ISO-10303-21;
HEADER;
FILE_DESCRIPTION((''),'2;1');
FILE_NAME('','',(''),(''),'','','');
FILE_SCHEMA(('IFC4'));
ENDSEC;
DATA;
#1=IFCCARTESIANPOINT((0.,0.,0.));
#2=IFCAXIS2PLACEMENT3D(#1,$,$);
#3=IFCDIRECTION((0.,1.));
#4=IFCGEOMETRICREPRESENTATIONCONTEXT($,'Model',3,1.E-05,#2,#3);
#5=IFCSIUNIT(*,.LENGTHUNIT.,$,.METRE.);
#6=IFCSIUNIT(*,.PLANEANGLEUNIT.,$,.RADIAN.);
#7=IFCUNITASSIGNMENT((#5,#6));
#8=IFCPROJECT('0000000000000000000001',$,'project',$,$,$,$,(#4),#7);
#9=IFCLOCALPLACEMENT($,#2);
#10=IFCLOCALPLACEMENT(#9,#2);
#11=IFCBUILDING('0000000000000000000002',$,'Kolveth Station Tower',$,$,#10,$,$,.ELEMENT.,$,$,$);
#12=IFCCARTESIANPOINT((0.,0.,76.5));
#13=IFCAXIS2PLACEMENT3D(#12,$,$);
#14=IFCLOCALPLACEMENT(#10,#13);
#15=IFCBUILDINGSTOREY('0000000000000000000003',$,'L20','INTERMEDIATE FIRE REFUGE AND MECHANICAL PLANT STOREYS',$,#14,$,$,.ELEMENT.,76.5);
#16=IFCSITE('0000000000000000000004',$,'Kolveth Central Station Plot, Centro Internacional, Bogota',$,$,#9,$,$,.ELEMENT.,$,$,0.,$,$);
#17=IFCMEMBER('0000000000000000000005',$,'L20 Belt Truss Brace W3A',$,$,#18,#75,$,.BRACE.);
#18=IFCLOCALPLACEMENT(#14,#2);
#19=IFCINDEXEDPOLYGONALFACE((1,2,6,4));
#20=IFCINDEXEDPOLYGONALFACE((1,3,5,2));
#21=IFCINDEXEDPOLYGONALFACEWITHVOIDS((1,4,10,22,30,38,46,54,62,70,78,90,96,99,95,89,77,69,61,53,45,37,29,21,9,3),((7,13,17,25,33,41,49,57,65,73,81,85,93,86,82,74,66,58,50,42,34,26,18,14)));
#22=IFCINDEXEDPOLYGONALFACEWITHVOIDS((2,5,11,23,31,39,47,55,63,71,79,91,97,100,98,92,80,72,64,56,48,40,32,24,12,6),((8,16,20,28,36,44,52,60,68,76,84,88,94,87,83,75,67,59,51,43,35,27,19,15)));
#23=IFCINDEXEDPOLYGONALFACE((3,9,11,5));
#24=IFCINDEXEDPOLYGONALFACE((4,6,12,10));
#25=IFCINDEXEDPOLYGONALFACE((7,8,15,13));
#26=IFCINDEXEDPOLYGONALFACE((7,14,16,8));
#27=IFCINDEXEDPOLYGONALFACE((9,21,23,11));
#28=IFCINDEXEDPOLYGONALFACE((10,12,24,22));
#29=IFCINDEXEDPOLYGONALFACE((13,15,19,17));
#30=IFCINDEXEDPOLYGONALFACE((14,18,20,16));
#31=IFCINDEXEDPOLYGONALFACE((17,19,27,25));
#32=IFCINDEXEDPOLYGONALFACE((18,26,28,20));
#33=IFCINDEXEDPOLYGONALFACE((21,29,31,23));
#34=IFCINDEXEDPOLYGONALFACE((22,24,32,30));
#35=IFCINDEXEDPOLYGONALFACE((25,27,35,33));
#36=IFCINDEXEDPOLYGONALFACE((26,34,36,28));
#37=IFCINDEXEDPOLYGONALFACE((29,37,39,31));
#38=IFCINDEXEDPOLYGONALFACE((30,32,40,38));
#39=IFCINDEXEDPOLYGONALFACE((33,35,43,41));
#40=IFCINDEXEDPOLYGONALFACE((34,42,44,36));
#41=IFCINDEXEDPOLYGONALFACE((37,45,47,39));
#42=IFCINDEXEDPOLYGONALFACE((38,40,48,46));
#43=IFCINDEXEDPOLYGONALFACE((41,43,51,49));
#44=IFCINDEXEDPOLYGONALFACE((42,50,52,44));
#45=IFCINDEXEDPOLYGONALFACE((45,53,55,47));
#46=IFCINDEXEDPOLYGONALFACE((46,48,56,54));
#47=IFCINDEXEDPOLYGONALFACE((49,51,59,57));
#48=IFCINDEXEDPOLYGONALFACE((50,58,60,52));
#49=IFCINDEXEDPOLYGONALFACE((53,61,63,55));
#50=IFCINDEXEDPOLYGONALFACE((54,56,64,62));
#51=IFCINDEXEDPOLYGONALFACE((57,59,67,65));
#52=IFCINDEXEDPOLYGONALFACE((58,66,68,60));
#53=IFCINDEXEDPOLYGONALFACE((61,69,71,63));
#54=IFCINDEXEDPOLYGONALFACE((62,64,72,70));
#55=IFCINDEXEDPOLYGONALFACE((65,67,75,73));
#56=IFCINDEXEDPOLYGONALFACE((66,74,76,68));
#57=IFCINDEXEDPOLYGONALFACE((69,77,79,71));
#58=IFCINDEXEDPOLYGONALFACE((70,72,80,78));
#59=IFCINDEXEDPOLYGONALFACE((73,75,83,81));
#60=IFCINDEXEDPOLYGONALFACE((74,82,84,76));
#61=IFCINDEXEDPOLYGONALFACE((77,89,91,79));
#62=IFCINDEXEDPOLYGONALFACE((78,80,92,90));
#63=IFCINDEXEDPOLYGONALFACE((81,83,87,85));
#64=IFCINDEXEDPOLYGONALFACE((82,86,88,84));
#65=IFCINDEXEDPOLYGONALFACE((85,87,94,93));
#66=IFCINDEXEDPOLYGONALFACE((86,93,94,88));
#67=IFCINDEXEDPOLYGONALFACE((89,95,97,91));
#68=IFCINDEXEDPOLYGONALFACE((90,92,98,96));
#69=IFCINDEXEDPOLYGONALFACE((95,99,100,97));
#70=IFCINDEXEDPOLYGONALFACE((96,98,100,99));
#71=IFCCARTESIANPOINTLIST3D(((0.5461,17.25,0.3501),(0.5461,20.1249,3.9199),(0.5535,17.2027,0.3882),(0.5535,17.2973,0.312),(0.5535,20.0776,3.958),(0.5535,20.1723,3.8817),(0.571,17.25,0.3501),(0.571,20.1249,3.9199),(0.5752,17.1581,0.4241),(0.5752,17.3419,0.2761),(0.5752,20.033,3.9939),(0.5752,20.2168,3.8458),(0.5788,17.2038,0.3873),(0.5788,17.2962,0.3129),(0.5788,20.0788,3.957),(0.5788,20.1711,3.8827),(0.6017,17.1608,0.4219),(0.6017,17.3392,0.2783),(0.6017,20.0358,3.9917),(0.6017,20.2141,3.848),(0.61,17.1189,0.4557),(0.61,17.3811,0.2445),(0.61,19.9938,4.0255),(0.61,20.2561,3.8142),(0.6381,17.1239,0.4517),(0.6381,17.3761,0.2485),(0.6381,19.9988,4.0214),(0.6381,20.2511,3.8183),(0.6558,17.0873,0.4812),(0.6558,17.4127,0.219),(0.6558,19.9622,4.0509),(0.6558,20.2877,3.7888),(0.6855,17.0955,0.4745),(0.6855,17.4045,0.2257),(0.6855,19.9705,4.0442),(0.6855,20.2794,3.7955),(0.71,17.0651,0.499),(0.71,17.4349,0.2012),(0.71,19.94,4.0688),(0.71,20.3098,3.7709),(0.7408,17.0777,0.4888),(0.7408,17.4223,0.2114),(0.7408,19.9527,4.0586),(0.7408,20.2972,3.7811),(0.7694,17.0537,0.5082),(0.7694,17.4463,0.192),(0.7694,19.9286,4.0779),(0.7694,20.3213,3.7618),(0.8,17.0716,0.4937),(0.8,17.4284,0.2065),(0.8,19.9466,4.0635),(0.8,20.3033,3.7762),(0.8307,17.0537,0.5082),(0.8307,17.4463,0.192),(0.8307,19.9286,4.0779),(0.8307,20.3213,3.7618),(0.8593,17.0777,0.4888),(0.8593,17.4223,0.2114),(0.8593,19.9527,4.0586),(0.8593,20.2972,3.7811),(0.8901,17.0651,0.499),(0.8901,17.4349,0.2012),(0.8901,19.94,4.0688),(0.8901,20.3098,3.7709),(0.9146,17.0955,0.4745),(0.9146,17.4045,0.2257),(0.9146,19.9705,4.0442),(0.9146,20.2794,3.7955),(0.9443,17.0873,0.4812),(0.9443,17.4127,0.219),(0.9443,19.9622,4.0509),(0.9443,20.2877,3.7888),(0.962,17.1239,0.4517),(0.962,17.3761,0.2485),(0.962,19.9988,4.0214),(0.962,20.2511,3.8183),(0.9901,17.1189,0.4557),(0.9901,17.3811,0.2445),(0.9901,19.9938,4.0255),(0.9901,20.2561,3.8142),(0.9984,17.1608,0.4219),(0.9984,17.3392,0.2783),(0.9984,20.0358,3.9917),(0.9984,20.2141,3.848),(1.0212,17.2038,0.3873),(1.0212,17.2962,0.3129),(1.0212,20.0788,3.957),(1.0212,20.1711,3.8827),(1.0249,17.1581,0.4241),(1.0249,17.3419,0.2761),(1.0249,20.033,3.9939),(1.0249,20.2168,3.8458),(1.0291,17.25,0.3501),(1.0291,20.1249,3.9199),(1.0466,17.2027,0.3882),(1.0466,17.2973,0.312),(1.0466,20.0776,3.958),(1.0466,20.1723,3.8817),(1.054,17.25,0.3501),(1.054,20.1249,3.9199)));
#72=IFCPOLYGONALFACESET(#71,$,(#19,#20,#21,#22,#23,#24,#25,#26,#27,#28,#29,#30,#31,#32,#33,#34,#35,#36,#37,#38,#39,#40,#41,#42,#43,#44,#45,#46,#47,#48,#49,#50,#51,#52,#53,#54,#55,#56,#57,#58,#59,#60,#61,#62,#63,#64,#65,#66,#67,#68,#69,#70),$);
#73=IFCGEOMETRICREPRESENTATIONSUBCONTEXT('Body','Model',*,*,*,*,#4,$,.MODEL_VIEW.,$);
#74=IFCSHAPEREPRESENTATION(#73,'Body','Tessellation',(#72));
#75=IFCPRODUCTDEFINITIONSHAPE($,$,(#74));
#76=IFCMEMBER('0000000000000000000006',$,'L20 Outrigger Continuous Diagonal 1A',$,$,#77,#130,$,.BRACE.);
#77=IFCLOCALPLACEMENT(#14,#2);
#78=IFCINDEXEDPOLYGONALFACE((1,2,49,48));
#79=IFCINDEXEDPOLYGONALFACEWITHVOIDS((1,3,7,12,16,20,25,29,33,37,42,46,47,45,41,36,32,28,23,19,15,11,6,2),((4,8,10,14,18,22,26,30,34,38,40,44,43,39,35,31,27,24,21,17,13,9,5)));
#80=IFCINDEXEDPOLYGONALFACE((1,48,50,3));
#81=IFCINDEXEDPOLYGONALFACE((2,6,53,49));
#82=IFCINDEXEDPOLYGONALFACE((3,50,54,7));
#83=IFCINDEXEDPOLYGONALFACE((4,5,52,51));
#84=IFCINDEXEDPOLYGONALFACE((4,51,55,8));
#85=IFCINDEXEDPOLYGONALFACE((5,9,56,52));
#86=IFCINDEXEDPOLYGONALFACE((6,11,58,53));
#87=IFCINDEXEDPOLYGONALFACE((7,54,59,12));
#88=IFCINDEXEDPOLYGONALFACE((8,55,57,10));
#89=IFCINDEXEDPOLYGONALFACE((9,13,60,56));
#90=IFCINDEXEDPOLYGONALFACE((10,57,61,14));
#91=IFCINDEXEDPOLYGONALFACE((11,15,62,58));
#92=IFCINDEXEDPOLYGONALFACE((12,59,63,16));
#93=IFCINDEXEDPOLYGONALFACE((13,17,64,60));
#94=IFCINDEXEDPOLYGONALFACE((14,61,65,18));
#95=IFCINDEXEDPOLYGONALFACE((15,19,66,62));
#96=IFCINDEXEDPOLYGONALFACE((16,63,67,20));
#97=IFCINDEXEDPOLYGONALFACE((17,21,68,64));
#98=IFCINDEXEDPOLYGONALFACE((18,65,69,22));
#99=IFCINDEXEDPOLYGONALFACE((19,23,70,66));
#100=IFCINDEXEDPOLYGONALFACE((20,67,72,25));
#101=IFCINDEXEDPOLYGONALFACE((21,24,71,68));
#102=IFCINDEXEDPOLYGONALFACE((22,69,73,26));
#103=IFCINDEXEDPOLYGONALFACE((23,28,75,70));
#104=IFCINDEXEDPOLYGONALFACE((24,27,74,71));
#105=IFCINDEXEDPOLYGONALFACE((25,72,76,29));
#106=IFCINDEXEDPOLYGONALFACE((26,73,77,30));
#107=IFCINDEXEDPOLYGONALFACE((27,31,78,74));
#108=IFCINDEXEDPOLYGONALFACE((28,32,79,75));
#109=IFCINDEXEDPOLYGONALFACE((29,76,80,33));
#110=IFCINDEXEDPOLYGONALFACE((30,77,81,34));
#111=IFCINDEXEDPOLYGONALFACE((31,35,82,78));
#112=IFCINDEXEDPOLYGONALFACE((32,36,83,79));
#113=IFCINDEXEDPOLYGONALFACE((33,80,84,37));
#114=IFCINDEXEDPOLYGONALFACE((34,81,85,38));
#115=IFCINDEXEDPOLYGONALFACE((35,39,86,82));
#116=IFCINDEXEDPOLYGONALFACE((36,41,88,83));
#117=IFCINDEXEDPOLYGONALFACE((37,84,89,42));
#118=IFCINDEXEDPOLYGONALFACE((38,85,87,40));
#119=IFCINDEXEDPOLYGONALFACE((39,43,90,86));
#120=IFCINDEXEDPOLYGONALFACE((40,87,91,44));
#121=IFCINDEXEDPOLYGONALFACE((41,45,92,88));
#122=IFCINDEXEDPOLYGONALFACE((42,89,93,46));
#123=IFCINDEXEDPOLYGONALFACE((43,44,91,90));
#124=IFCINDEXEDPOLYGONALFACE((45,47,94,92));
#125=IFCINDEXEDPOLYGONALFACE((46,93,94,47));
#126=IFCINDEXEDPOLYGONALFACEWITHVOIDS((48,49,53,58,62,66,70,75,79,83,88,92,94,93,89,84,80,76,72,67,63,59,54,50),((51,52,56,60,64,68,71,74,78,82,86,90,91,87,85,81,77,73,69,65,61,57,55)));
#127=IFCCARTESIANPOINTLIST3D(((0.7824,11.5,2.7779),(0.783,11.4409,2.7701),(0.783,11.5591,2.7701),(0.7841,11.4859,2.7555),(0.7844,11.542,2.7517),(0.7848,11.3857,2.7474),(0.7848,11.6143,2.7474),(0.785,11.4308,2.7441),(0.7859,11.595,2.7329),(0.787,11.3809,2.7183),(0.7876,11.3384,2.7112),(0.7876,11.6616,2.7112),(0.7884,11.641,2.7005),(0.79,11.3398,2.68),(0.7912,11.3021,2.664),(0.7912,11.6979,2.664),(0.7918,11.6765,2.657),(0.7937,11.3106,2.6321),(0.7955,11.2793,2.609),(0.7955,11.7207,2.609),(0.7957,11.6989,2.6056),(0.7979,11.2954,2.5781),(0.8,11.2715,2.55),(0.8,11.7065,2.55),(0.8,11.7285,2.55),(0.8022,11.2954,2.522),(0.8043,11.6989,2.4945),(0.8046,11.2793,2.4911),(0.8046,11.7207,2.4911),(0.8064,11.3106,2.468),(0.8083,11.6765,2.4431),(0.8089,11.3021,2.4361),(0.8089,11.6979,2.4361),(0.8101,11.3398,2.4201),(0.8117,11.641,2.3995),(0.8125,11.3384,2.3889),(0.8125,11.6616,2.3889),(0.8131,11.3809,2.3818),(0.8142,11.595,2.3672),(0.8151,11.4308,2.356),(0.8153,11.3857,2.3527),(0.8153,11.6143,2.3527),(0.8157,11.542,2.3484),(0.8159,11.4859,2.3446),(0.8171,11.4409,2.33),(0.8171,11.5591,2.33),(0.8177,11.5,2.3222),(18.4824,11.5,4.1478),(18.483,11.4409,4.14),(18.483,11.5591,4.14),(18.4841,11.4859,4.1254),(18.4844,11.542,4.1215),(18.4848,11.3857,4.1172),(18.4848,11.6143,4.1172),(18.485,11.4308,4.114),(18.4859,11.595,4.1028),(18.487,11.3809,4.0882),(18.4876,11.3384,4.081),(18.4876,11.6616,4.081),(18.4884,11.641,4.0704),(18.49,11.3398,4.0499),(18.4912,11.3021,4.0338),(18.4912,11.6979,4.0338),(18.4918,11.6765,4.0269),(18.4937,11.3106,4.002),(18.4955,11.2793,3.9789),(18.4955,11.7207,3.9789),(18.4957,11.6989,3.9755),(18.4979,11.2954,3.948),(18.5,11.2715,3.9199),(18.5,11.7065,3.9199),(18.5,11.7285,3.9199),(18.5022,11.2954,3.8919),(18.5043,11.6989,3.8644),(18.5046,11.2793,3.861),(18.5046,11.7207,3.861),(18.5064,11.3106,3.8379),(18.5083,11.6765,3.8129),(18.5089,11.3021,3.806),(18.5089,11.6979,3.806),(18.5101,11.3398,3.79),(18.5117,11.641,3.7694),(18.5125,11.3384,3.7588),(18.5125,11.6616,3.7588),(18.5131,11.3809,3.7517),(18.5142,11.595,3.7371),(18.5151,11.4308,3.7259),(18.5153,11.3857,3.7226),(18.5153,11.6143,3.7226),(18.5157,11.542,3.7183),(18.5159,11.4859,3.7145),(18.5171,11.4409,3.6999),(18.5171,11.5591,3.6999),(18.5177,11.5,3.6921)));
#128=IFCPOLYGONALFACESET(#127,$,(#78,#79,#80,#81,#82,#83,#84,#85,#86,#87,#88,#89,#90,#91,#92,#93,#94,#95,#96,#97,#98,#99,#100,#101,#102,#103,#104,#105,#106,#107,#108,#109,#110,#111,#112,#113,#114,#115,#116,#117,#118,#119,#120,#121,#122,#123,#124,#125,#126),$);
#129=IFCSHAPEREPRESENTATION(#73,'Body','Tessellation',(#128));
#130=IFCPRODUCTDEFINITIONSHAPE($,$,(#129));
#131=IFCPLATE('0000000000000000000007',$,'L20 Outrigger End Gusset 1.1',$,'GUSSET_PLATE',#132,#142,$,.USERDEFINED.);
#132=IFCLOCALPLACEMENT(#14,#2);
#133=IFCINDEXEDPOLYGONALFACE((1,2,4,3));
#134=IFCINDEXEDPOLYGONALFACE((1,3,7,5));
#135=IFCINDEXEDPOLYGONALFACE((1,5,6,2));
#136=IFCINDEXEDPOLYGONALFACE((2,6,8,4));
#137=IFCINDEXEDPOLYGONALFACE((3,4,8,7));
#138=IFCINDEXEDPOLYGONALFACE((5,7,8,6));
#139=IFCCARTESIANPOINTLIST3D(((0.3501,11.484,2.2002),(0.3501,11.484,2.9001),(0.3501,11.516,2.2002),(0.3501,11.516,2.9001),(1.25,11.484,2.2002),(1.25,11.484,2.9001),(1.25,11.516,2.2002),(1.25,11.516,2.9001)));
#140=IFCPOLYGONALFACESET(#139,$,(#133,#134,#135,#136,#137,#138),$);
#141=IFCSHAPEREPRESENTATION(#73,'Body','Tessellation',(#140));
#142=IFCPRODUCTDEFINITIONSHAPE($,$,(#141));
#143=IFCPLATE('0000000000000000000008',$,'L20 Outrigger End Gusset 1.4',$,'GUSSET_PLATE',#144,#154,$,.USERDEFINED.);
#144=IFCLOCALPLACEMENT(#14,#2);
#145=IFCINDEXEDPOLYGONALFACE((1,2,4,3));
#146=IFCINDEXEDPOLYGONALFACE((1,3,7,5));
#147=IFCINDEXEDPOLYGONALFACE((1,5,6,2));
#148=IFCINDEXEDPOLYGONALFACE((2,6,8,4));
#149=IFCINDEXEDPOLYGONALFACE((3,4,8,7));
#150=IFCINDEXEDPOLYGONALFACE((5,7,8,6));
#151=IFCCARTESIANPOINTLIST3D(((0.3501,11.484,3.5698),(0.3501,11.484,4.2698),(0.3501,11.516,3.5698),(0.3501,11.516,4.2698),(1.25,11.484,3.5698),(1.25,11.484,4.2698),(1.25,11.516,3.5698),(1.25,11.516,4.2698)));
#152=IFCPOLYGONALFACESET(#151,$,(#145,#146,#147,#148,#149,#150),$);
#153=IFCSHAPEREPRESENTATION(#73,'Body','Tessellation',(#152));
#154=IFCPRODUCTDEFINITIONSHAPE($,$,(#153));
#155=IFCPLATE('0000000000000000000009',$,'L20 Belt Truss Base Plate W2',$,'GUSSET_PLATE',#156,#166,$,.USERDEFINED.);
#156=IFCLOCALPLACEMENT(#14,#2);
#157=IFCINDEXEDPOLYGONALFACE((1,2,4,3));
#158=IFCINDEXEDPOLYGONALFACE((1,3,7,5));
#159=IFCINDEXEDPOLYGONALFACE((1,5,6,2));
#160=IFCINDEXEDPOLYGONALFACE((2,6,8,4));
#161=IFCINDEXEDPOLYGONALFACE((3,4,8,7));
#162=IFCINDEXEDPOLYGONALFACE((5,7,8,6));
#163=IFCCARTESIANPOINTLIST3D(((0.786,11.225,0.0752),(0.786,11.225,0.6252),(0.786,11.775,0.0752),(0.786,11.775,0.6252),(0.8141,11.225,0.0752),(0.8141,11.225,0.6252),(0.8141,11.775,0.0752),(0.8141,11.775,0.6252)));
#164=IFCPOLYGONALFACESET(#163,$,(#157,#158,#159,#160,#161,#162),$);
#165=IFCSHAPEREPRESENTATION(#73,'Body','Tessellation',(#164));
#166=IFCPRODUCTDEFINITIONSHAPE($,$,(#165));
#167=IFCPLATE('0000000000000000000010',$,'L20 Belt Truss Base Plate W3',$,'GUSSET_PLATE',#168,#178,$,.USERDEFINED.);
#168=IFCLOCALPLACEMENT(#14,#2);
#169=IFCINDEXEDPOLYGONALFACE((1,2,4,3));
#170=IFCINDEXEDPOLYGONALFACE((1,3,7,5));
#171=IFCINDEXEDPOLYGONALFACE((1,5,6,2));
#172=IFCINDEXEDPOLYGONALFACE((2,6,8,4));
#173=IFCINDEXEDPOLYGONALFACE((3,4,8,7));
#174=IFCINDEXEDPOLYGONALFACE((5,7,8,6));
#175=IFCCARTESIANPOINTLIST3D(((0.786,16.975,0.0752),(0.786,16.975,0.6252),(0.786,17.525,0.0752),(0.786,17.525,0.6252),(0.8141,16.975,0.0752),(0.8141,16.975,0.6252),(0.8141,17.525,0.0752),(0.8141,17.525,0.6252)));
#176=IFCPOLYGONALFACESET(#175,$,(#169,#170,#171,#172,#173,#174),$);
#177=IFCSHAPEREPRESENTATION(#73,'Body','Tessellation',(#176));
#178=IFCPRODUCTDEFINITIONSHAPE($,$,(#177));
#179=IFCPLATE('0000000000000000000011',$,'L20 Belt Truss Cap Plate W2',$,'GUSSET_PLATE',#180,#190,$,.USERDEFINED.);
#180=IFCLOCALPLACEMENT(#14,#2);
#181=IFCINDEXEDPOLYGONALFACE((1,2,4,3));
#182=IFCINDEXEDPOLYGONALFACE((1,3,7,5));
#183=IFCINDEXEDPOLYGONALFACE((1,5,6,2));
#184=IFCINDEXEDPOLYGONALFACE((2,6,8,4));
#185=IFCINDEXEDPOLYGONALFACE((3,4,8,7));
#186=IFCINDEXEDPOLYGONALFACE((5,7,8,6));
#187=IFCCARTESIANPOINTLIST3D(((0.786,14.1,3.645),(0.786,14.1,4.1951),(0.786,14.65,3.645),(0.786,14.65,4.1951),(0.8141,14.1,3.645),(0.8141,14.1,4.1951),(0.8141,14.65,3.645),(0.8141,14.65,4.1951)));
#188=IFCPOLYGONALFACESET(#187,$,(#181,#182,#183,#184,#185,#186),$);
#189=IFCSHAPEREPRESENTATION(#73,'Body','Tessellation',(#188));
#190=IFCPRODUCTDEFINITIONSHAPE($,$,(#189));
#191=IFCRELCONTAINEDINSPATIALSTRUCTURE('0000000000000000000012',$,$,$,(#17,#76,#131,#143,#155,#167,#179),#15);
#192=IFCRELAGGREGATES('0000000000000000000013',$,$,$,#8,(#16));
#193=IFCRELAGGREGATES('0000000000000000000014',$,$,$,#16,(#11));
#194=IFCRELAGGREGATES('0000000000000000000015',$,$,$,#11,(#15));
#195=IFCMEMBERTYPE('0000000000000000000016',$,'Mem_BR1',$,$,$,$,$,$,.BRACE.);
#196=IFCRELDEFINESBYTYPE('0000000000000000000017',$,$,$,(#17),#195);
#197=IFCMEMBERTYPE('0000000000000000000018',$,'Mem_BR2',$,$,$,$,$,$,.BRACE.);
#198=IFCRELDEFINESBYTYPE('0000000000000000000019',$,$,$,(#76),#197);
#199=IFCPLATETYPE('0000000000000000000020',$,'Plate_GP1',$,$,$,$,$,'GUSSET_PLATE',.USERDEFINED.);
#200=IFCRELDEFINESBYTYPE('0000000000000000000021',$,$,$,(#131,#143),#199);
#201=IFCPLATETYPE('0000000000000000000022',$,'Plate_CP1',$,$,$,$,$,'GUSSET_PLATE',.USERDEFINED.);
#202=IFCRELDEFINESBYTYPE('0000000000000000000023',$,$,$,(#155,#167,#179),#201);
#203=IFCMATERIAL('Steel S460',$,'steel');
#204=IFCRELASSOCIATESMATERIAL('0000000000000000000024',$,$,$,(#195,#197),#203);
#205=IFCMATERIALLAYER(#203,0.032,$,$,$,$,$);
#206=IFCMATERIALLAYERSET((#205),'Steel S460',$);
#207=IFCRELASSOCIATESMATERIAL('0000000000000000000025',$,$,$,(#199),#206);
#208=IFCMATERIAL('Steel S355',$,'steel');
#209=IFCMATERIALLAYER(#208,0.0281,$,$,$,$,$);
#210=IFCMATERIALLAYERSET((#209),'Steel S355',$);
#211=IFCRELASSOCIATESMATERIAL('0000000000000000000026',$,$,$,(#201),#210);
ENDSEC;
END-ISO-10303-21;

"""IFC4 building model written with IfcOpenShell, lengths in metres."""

from ifc_helpers import new_model, si_unit, direction, frame, origin, origin_2d, place, context, subcontext, project, spatial, rectangle, hollow_circle, extrude, source, transform, mapped, material, layer, layer_set, material_profile, profile_set, type_object, element, save


model = new_model("IFC4")

# Units and contexts
model_context = context("Model", 3, precision=1e-05, world=origin(), true_north=direction((0.0, 1.0)))
body_context = subcontext(model_context, "Body", "Model", "MODEL_VIEW")
ifc_project = project(units=[si_unit("LENGTHUNIT", "METRE"), si_unit("PLANEANGLEUNIT", "RADIAN")], contexts=[model_context])

# Site, building, storey
site_placement = place(None, origin())
site = spatial("IfcSite", under=ifc_project, at=site_placement, Name="Kolveth Central Station Plot, Centro Internacional, Bogota", CompositionType="ELEMENT", RefElevation=0.0)
building_placement = place(site_placement, origin())
building = spatial("IfcBuilding", under=site, at=building_placement, Name="Kolveth Station Tower", CompositionType="ELEMENT")
storey_placement = place(building_placement, frame((0.0, 0.0, 76.5)))
storey = spatial("IfcBuildingStorey", under=building, at=storey_placement, Name="L20", Description="INTERMEDIATE FIRE REFUGE AND MECHANICAL PLANT STOREYS", CompositionType="ELEMENT", Elevation=76.5)

# Shared definitions
ifc_material_1 = material(Name="Steel S460", Category="steel")
ifc_material_2 = material(Name="Steel S355", Category="steel")

# Members
ifc_material_profile_1 = material_profile(ifc_material_1, hollow_circle(Radius=0.2539, WallThickness=0.0249, at=origin_2d()), Name="CHS508x25")
ifc_profile_set_1 = profile_set([ifc_material_profile_1], Name="Steel S460")
member_type_1 = type_object("IfcMemberType", Name="Mem_BR1", PredefinedType="BRACE", material=ifc_profile_set_1)
shared_shape_1 = source(origin(), body_context, "Body", "SweptSolid", [
    extrude(hollow_circle(Radius=0.2539, WallThickness=0.0249, at=origin_2d()), origin(), (0.0, 0.0, 1.0), 4.5835),
])
for number, where, z_axis, x_axis, name in (
    (1, (0.8, 17.25, 0.3501), (0.0, 0.627238, 0.778828), (-1.0, 0.0, 0.0), "L20 Belt Truss Brace W3A"),
):
    element("IfcMember", number, at=place(storey_placement, frame(where, z_axis=z_axis, x_axis=x_axis)), inside=storey, type_object=member_type_1, Name=name, PredefinedType="BRACE", context=body_context, shape_type="MappedRepresentation", body=[
        mapped(shared_shape_1, transform((0.0, 0.0, 0.0), x_axis=(1.0, 0.0, 0.0), y_axis=(0.0, 1.0, 0.0), z_axis=(0.0, 0.0, 1.0), scale=1.0)),
    ])
ifc_material_profile_2 = material_profile(ifc_material_1, hollow_circle(Radius=0.2285, WallThickness=0.022, at=origin_2d()), Name="CHS457x22")
ifc_profile_set_2 = profile_set([ifc_material_profile_2], Name="Steel S460")
member_type_2 = type_object("IfcMemberType", Name="Mem_BR2", PredefinedType="BRACE", material=ifc_profile_set_2)
shared_shape_2 = source(origin(), body_context, "Body", "SweptSolid", [
    extrude(hollow_circle(Radius=0.2285, WallThickness=0.022, at=origin_2d()), origin(), (0.0, 0.0, 1.0), 17.7529),
])
member_1_placement = place(storey_placement, frame((0.8, 11.5, 2.55), z_axis=(0.997018, 0.0, 0.077163), x_axis=(0.0, 1.0, 0.0)))
element("IfcMember", 2, at=member_1_placement, inside=storey, type_object=member_type_2, Name="L20 Outrigger Continuous Diagonal 1A", PredefinedType="BRACE", context=body_context, shape_type="MappedRepresentation", body=[
    mapped(shared_shape_2, transform((0.0, 0.0, 0.0), x_axis=(1.0, 0.0, 0.0), y_axis=(0.0, 1.0, 0.0), z_axis=(0.0, 0.0, 1.0), scale=1.0)),
])

# Plates
ifc_layer_1 = layer(ifc_material_1, 0.032)
ifc_layer_set_1 = layer_set([ifc_layer_1], Name="Steel S460")
plate_type_1 = type_object("IfcPlateType", Name="Plate_GP1", ElementType="GUSSET_PLATE", PredefinedType="USERDEFINED", material=ifc_layer_set_1)
shared_shape_3 = source(origin(), body_context, "Body", "SweptSolid", [
    extrude(rectangle(XDim=0.8999, YDim=0.032, at=origin_2d()), origin(), (0.0, 0.0, 1.0), 0.7),
])
for number, where, z_axis, x_axis, name in (
    (3, (0.8, 11.5, 2.2002), (0.0, 0.0, 1.0), (1.0, 0.0, 0.0), "L20 Outrigger End Gusset 1.1"),
    (4, (0.8, 11.5, 3.5698), (0.0, 0.0, 1.0), (1.0, 0.0, 0.0), "L20 Outrigger End Gusset 1.4"),
):
    element("IfcPlate", number, at=place(storey_placement, frame(where, z_axis=z_axis, x_axis=x_axis)), inside=storey, type_object=plate_type_1, Name=name, ObjectType="GUSSET_PLATE", PredefinedType="USERDEFINED", context=body_context, shape_type="MappedRepresentation", body=[
        mapped(shared_shape_3, transform((0.0, 0.0, 0.0), x_axis=(1.0, 0.0, 0.0), y_axis=(0.0, 1.0, 0.0), z_axis=(0.0, 0.0, 1.0), scale=1.0)),
    ])
ifc_layer_2 = layer(ifc_material_2, 0.0281)
ifc_layer_set_2 = layer_set([ifc_layer_2], Name="Steel S355")
plate_type_2 = type_object("IfcPlateType", Name="Plate_CP1", ElementType="GUSSET_PLATE", PredefinedType="USERDEFINED", material=ifc_layer_set_2)
shared_shape_4 = source(origin(), body_context, "Body", "SweptSolid", [
    extrude(rectangle(XDim=0.0281, YDim=0.55, at=origin_2d()), origin(), (0.0, 0.0, 1.0), 0.55),
])
for number, where, z_axis, x_axis, name in (
    (5, (0.8, 11.5, 0.0752), (0.0, 0.0, 1.0), (1.0, 0.0, 0.0), "L20 Belt Truss Base Plate W2"),
    (6, (0.8, 17.25, 0.0752), (0.0, 0.0, 1.0), (1.0, 0.0, 0.0), "L20 Belt Truss Base Plate W3"),
    (7, (0.8, 14.375, 3.645), (0.0, 0.0, 1.0), (1.0, 0.0, 0.0), "L20 Belt Truss Cap Plate W2"),
):
    element("IfcPlate", number, at=place(storey_placement, frame(where, z_axis=z_axis, x_axis=x_axis)), inside=storey, type_object=plate_type_2, Name=name, ObjectType="GUSSET_PLATE", PredefinedType="USERDEFINED", context=body_context, shape_type="MappedRepresentation", body=[
        mapped(shared_shape_4, transform((0.0, 0.0, 0.0), x_axis=(1.0, 0.0, 0.0), y_axis=(0.0, 1.0, 0.0), z_axis=(0.0, 0.0, 1.0), scale=1.0)),
    ])

save(model, "model.ifc")
